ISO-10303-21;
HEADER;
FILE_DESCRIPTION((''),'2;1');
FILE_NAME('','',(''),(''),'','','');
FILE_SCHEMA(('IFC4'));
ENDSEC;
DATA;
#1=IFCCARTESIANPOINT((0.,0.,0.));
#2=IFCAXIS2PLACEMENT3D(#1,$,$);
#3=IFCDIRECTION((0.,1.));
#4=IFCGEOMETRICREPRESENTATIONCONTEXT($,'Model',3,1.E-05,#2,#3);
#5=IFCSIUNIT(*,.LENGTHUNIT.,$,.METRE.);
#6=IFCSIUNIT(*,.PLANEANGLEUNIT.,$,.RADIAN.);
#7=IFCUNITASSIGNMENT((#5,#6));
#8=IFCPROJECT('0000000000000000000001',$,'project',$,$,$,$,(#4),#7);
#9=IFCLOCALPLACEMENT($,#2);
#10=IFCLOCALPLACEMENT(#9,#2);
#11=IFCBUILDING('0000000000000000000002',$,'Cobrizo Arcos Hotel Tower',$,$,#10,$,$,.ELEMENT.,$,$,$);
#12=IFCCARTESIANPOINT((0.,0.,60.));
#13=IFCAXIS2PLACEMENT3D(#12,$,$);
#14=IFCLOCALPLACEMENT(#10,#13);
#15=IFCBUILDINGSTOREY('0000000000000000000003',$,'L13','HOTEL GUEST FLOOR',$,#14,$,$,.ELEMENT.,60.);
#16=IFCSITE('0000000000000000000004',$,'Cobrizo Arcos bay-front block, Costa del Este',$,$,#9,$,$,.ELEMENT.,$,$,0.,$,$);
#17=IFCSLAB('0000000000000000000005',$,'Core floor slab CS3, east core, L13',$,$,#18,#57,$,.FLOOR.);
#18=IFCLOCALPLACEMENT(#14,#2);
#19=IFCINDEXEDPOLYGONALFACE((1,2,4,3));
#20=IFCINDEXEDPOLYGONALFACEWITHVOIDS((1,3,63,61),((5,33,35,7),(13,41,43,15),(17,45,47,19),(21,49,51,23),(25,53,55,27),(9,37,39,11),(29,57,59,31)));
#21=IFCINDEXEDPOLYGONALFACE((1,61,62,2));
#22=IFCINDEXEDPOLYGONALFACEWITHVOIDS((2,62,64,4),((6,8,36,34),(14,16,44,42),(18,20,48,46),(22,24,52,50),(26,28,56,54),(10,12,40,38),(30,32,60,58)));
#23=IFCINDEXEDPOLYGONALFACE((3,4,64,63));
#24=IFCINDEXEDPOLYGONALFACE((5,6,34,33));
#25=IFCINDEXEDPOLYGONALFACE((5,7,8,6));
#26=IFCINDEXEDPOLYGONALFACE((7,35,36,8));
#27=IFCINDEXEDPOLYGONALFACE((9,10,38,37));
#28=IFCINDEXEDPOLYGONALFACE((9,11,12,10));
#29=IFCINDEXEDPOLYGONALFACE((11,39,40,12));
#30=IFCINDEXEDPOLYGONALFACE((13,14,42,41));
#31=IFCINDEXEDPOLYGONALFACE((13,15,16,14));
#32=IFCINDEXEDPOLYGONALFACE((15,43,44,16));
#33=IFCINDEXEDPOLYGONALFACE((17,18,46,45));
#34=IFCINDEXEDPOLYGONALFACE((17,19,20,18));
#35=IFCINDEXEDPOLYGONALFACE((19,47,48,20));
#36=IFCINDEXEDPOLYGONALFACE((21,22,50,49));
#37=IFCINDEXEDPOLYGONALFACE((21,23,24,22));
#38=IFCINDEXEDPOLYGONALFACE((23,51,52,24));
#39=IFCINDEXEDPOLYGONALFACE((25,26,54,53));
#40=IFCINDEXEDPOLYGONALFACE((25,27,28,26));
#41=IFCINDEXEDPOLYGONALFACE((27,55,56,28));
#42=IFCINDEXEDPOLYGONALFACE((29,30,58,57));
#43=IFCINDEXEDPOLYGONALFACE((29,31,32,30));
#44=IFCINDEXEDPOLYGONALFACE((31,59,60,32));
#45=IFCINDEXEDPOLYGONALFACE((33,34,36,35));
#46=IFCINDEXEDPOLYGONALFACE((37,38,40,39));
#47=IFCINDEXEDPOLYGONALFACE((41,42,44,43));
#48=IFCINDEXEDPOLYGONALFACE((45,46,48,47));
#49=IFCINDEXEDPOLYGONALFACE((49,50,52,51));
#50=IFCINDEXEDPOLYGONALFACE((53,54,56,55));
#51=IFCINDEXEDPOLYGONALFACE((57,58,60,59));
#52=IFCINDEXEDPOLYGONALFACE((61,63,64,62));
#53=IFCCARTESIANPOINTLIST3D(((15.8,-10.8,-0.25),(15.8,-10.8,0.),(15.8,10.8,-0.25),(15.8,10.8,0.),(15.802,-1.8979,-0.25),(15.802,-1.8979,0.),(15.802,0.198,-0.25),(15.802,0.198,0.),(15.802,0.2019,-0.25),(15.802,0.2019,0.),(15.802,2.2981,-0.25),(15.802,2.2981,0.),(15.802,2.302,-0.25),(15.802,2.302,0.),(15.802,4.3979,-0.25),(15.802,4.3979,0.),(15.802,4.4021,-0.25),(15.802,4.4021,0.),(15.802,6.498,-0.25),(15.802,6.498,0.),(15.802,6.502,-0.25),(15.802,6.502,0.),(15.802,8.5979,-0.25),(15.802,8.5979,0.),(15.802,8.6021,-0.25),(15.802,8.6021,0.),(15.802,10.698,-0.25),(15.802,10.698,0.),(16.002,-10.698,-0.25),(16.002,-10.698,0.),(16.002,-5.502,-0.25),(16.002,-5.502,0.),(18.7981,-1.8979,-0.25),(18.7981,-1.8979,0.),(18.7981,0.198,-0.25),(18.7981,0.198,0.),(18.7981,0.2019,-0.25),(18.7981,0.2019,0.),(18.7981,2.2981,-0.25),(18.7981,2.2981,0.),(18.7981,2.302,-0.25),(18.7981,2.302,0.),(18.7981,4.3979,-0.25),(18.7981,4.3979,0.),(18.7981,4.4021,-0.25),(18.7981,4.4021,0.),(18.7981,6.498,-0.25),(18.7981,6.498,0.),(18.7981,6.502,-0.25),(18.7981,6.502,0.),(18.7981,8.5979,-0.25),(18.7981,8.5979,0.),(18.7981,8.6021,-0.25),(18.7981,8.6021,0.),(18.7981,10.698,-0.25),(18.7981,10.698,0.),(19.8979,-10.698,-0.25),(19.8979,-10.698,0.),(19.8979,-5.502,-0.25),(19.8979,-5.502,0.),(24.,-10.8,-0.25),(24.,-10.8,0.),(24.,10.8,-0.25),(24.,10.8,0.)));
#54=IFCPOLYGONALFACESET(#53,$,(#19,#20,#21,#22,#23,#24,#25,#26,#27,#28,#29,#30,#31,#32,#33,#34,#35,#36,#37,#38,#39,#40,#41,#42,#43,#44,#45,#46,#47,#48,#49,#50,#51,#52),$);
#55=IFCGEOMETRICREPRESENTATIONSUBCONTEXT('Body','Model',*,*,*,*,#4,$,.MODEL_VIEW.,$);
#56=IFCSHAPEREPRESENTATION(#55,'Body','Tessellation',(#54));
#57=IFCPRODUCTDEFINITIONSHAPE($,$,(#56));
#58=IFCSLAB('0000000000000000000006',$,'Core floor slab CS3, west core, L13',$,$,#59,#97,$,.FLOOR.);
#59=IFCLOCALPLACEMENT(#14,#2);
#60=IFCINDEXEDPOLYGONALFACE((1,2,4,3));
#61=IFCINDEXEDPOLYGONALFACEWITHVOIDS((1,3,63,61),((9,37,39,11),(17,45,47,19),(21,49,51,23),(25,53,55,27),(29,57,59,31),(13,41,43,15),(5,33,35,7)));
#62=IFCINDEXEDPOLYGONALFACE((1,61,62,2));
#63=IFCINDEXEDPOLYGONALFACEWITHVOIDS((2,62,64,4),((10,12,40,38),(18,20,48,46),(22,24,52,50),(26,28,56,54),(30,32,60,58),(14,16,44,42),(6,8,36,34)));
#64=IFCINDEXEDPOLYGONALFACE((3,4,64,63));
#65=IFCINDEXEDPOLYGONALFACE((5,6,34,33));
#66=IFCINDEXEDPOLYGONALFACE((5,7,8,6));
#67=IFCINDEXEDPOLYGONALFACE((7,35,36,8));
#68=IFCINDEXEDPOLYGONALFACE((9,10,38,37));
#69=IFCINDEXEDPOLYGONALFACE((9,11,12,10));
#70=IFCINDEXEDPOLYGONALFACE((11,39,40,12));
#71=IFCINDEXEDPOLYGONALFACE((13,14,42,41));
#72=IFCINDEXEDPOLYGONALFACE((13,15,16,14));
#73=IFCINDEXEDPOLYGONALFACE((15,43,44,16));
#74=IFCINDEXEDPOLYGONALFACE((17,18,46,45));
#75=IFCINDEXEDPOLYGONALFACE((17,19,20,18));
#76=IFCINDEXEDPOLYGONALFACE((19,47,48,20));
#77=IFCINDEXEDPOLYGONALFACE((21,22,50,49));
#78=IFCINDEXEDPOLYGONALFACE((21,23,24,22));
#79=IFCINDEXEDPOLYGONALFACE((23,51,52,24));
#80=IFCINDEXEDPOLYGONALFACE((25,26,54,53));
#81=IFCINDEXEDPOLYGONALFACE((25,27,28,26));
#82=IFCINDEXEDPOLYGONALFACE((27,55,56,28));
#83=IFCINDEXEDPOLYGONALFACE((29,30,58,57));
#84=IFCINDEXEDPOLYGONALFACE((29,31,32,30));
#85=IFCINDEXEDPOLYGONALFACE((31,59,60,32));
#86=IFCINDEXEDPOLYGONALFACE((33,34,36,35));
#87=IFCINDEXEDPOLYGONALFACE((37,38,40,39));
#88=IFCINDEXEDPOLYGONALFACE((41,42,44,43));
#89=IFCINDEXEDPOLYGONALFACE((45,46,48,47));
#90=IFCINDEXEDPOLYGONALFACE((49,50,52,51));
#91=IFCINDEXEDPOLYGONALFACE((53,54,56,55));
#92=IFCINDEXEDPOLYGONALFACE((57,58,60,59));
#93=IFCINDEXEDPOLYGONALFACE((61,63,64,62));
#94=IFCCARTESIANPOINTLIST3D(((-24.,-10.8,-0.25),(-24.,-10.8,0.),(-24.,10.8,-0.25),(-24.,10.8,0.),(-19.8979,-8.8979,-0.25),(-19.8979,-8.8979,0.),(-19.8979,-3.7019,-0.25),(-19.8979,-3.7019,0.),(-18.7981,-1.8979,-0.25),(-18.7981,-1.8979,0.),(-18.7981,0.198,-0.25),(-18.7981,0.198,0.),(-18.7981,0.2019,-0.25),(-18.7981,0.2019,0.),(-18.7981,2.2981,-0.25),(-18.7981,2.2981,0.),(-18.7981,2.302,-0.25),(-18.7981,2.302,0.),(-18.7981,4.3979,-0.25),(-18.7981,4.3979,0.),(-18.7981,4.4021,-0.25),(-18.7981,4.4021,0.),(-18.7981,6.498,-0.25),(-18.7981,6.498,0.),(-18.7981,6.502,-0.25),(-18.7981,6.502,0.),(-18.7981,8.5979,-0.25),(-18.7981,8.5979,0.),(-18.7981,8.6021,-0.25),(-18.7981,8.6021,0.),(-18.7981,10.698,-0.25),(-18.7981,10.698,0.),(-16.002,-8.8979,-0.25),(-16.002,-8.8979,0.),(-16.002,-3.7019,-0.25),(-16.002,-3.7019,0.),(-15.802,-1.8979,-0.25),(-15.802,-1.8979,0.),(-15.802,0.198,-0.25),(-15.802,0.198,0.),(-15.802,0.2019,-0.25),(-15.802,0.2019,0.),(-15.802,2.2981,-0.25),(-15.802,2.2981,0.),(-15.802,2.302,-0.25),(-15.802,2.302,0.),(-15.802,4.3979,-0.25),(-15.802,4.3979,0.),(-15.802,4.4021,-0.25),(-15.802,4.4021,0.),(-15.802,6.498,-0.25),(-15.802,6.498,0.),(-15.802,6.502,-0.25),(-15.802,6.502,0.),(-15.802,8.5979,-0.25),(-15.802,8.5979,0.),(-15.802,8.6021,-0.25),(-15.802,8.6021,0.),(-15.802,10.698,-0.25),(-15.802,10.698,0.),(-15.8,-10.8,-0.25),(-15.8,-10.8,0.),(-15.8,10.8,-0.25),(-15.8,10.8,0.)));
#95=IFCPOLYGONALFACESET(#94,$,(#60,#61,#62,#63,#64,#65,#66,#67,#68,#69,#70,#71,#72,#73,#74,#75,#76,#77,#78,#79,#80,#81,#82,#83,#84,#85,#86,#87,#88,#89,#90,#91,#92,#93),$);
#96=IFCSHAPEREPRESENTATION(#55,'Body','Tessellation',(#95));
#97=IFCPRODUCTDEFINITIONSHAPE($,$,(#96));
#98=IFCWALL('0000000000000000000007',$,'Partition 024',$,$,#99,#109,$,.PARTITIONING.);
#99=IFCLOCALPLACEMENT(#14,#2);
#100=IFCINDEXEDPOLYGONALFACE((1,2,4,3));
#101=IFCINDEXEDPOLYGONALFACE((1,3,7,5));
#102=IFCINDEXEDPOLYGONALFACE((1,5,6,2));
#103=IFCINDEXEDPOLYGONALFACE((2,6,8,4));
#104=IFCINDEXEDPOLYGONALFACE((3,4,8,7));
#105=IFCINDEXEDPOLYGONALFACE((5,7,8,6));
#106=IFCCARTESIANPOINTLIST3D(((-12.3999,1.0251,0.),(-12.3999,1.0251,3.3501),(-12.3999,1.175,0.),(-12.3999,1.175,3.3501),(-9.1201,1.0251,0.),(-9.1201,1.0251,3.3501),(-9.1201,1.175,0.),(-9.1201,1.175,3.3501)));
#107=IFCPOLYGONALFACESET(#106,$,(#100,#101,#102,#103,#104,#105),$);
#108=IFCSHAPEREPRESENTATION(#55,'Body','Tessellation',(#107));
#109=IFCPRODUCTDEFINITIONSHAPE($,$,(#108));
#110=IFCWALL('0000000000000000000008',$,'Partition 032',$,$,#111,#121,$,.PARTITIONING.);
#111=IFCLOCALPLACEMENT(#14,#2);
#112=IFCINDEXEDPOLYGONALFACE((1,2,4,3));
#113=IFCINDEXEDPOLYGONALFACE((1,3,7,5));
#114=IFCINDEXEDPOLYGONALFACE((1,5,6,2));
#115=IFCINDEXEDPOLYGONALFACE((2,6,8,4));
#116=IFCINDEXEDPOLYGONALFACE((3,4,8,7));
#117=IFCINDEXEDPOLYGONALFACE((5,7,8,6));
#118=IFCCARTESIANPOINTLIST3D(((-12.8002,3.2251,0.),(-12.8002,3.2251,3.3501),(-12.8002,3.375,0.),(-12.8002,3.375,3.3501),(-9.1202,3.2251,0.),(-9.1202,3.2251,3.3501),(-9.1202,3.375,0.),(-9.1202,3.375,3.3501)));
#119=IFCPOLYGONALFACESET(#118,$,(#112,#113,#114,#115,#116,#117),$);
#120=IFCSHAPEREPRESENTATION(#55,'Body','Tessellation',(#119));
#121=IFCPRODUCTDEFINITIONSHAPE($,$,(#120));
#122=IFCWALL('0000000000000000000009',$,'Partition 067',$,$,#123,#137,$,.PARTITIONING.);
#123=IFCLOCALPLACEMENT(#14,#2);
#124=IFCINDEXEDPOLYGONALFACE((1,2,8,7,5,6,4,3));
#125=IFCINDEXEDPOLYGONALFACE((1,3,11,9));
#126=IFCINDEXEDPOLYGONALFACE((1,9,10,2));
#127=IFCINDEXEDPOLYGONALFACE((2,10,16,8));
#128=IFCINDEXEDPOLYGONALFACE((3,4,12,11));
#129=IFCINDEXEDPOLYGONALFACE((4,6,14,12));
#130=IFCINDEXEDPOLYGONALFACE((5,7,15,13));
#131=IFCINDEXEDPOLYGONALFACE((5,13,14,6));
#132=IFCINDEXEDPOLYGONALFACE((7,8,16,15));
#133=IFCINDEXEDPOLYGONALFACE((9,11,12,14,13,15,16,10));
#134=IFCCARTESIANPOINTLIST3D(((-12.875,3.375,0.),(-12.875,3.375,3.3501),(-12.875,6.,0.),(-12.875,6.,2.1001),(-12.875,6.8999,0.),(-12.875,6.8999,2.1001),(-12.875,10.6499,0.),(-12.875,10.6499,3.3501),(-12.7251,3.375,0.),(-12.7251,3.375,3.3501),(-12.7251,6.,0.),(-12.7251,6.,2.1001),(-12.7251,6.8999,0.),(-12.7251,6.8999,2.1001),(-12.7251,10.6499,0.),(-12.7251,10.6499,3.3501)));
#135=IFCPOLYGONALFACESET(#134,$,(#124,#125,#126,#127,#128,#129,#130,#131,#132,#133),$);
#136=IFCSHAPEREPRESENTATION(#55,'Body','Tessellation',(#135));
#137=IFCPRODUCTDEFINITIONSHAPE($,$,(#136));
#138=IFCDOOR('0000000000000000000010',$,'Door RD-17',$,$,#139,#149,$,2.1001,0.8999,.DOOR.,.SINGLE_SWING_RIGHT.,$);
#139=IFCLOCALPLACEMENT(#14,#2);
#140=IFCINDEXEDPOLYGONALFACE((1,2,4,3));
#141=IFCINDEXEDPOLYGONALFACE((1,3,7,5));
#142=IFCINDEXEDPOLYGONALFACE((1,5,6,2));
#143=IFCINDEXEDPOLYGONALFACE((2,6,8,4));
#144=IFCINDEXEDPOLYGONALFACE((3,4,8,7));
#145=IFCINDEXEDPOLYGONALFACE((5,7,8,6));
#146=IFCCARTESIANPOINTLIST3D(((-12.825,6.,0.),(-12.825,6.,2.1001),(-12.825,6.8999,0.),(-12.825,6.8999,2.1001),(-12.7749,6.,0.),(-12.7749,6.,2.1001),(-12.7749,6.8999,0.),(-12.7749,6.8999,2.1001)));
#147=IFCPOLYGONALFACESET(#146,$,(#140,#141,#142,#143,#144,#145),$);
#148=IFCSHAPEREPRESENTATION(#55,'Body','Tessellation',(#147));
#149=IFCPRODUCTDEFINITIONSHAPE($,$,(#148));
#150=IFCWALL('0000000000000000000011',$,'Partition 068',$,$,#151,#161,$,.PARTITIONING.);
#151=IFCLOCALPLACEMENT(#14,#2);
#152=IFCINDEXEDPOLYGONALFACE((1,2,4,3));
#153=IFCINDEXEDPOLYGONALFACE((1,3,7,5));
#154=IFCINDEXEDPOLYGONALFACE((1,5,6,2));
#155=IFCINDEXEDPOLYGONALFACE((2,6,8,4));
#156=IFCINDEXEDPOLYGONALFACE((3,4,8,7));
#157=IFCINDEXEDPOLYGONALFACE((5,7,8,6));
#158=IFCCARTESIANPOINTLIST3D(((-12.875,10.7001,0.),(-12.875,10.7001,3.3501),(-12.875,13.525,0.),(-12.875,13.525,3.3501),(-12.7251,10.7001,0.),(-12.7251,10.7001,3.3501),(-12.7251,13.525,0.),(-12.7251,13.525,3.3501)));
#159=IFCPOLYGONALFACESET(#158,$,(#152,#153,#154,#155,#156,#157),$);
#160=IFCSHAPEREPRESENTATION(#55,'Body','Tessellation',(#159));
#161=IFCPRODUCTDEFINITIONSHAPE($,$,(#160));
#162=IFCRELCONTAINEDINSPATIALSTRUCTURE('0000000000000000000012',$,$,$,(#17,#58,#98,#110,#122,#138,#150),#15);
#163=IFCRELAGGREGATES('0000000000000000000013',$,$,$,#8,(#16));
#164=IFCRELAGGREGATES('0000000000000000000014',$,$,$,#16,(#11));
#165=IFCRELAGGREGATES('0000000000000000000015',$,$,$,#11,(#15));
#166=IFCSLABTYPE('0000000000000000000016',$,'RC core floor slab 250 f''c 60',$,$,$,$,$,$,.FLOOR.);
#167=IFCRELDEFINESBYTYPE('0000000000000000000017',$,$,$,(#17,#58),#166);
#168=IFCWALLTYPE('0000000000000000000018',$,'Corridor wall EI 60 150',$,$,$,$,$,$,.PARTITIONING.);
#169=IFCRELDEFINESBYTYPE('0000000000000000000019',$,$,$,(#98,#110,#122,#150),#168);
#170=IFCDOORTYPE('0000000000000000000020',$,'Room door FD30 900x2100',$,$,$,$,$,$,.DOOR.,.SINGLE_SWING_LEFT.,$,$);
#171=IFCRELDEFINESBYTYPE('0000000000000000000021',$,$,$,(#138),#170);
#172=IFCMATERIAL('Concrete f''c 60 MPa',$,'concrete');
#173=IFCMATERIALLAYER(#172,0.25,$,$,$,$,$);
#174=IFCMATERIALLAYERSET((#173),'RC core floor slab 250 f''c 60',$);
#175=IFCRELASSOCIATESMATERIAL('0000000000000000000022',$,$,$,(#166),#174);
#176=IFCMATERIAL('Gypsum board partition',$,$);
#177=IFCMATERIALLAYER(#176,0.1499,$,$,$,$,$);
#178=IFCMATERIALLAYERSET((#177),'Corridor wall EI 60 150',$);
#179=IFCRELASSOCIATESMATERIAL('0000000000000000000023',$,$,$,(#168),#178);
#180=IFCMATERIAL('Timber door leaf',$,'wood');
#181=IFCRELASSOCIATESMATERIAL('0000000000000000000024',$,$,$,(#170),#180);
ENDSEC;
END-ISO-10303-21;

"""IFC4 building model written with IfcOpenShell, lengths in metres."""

from ifc_helpers import new_model, si_unit, direction, frame, frame_2d, origin, place, context, subcontext, project, spatial, polyline, rectangle, outline, extrude, material, layer, layer_set, type_object, element, fill, save


model = new_model("IFC4")

# Units and contexts
model_context = context("Model", 3, precision=1e-05, world=origin(), true_north=direction((0.0, 1.0)))
body_context = subcontext(model_context, "Body", "Model", "MODEL_VIEW")
ifc_project = project(units=[si_unit("LENGTHUNIT", "METRE"), si_unit("PLANEANGLEUNIT", "RADIAN")], contexts=[model_context])

# Site, building, storey
site_placement = place(None, origin())
site = spatial("IfcSite", under=ifc_project, at=site_placement, Name="Cobrizo Arcos bay-front block, Costa del Este", CompositionType="ELEMENT", RefElevation=0.0)
building_placement = place(site_placement, origin())
building = spatial("IfcBuilding", under=site, at=building_placement, Name="Cobrizo Arcos Hotel Tower", CompositionType="ELEMENT")
storey_placement = place(building_placement, frame((0.0, 0.0, 60.0)))
storey = spatial("IfcBuildingStorey", under=building, at=storey_placement, Name="L13", Description="HOTEL GUEST FLOOR", CompositionType="ELEMENT", Elevation=60.0)

# Slabs
ifc_material_1 = material(Name="Concrete f'c 60 MPa", Category="concrete")
ifc_layer_1 = layer(ifc_material_1, 0.25)
ifc_layer_set_1 = layer_set([ifc_layer_1], Name="RC core floor slab 250 f'c 60")
slab_type_1 = type_object("IfcSlabType", Name="RC core floor slab 250 f'c 60", PredefinedType="FLOOR", material=ifc_layer_set_1)
slab_1_placement = place(storey_placement, frame((0.0, 0.0, -0.25)))
element("IfcSlab", 1, at=slab_1_placement, inside=storey, type_object=slab_type_1, Name="Core floor slab CS3, east core, L13", PredefinedType="FLOOR", context=body_context, shape_type="SweptSolid", body=[
    extrude(outline(polyline([(15.8, 10.8), (24.0, 10.8), (24.0, -10.8), (15.8, -10.8), (15.8, 10.8)]), holes=[polyline([(19.8979, -10.698), (19.8979, -5.502), (16.002, -5.502), (16.002, -10.698), (19.8979, -10.698)]), polyline([(15.802, 0.198), (15.802, -1.8979), (18.7981, -1.8979), (18.7981, 0.198), (15.802, 0.198)]), polyline([(18.7981, 2.2981), (15.802, 2.2981), (15.802, 0.2019), (18.7981, 0.2019), (18.7981, 2.2981)]), polyline([(18.7981, 4.3979), (15.802, 4.3979), (15.802, 2.302), (18.7981, 2.302), (18.7981, 4.3979)]), polyline([(15.802, 6.498), (15.802, 4.4021), (18.7981, 4.4021), (18.7981, 6.498), (15.802, 6.498)]), polyline([(18.7981, 8.5979), (15.802, 8.5979), (15.802, 6.502), (18.7981, 6.502), (18.7981, 8.5979)]), polyline([(18.7981, 10.698), (15.802, 10.698), (15.802, 8.6021), (18.7981, 8.6021), (18.7981, 10.698)])]), origin(), (0.0, 0.0, 1.0), 0.25),
])
slab_2_placement = place(storey_placement, frame((0.0, 0.0, -0.25)))
element("IfcSlab", 2, at=slab_2_placement, inside=storey, type_object=slab_type_1, Name="Core floor slab CS3, west core, L13", PredefinedType="FLOOR", context=body_context, shape_type="SweptSolid", body=[
    extrude(outline(polyline([(-24.0, 10.8), (-15.8, 10.8), (-15.8, -10.8), (-24.0, -10.8), (-24.0, 10.8)]), holes=[polyline([(-19.8979, -3.7019), (-19.8979, -8.8979), (-16.002, -8.8979), (-16.002, -3.7019), (-19.8979, -3.7019)]), polyline([(-18.7981, 0.198), (-18.7981, -1.8979), (-15.802, -1.8979), (-15.802, 0.198), (-18.7981, 0.198)]), polyline([(-15.802, 2.2981), (-18.7981, 2.2981), (-18.7981, 0.2019), (-15.802, 0.2019), (-15.802, 2.2981)]), polyline([(-15.802, 4.3979), (-18.7981, 4.3979), (-18.7981, 2.302), (-15.802, 2.302), (-15.802, 4.3979)]), polyline([(-18.7981, 6.498), (-18.7981, 4.4021), (-15.802, 4.4021), (-15.802, 6.498), (-18.7981, 6.498)]), polyline([(-15.802, 8.5979), (-18.7981, 8.5979), (-18.7981, 6.502), (-15.802, 6.502), (-15.802, 8.5979)]), polyline([(-15.802, 10.698), (-18.7981, 10.698), (-18.7981, 8.6021), (-15.802, 8.6021), (-15.802, 10.698)])]), origin(), (0.0, 0.0, 1.0), 0.25),
])

# Walls
ifc_material_2 = material(Name="Gypsum board partition")
ifc_layer_2 = layer(ifc_material_2, 0.1499)
ifc_layer_set_2 = layer_set([ifc_layer_2], Name="Corridor wall EI 60 150")
wall_type_1 = type_object("IfcWallType", Name="Corridor wall EI 60 150", PredefinedType="PARTITIONING", material=ifc_layer_set_2)
wall_1_placement = place(storey_placement, frame((-12.3999, 1.1001, 0.0), z_axis=(0.0, 0.0, 1.0), x_axis=(1.0, 0.0, 0.0)))
element("IfcWall", 3, at=wall_1_placement, inside=storey, type_object=wall_type_1, Name="Partition 024", PredefinedType="PARTITIONING", context=body_context, shape_type="SweptSolid", body=[
    extrude(rectangle(XDim=3.2798, YDim=0.1499, at=frame_2d((1.6399, 0.0))), origin(), (0.0, 0.0, 1.0), 3.3501),
])
wall_2_placement = place(storey_placement, frame((-12.8, 3.3, 0.0), z_axis=(0.0, 0.0, 1.0), x_axis=(1.0, 0.0, 0.0)))
element("IfcWall", 4, at=wall_2_placement, inside=storey, type_object=wall_type_1, Name="Partition 032", PredefinedType="PARTITIONING", context=body_context, shape_type="SweptSolid", body=[
    extrude(rectangle(XDim=3.6799, YDim=0.1499, at=frame_2d((1.8398, 0.0))), origin(), (0.0, 0.0, 1.0), 3.3501),
])

# Wall, opening, door
wall_3_placement = place(storey_placement, frame((-12.8, 3.375, 0.0), z_axis=(0.0, 0.0, 1.0), x_axis=(0.0, 1.0, 0.0)))
wall_3 = element("IfcWall", 5, at=wall_3_placement, inside=storey, type_object=wall_type_1, Name="Partition 067", PredefinedType="PARTITIONING", context=body_context, shape_type="SweptSolid", body=[
    extrude(rectangle(XDim=7.2749, YDim=0.1499, at=frame_2d((3.6375, 0.0))), origin(), (0.0, 0.0, 1.0), 3.3501),
])
opening_1_placement = place(wall_3_placement, frame((2.625, 0.0, 0.0)))
opening_1 = element("IfcOpeningElement", 6, at=opening_1_placement, cuts=wall_3, PredefinedType="OPENING", context=body_context, shape_type="SweptSolid", body=[
    extrude(rectangle(XDim=0.8999, YDim=2.1001, at=frame_2d((0.45, 1.05))), frame((0.0, 0.0869, 0.0), z_axis=(0.0, -1.0, 0.0), x_axis=(1.0, 0.0, 0.0)), (0.0, 0.0, 1.0), 0.1738),
])
ifc_material_3 = material(Name="Timber door leaf", Category="wood")
door_type_1 = type_object("IfcDoorType", Name="Room door FD30 900x2100", OperationType="SINGLE_SWING_LEFT", PredefinedType="DOOR", material=ifc_material_3)
door_1_placement = place(opening_1_placement, origin())
door_1 = element("IfcDoor", 7, at=door_1_placement, inside=storey, type_object=door_type_1, Name="Door RD-17", OperationType="SINGLE_SWING_RIGHT", OverallHeight=2.1001, OverallWidth=0.8999, PredefinedType="DOOR", context=body_context, shape_type="SweptSolid", body=[
    extrude(rectangle(XDim=0.8999, YDim=2.1001, at=frame_2d((0.45, 1.05))), frame((0.0, 0.0249, 0.0), z_axis=(0.0, -1.0, 0.0), x_axis=(1.0, 0.0, 0.0)), (0.0, 0.0, 1.0), 0.05),
])
fill(opening_1, door_1)

# Wall
wall_4_placement = place(storey_placement, frame((-12.8, 10.7, 0.0), z_axis=(0.0, 0.0, 1.0), x_axis=(0.0, 1.0, 0.0)))
element("IfcWall", 8, at=wall_4_placement, inside=storey, type_object=wall_type_1, Name="Partition 068", PredefinedType="PARTITIONING", context=body_context, shape_type="SweptSolid", body=[
    extrude(rectangle(XDim=2.825, YDim=0.1499, at=frame_2d((1.4126, 0.0))), origin(), (0.0, 0.0, 1.0), 3.3501),
])

save(model, "model.ifc")
